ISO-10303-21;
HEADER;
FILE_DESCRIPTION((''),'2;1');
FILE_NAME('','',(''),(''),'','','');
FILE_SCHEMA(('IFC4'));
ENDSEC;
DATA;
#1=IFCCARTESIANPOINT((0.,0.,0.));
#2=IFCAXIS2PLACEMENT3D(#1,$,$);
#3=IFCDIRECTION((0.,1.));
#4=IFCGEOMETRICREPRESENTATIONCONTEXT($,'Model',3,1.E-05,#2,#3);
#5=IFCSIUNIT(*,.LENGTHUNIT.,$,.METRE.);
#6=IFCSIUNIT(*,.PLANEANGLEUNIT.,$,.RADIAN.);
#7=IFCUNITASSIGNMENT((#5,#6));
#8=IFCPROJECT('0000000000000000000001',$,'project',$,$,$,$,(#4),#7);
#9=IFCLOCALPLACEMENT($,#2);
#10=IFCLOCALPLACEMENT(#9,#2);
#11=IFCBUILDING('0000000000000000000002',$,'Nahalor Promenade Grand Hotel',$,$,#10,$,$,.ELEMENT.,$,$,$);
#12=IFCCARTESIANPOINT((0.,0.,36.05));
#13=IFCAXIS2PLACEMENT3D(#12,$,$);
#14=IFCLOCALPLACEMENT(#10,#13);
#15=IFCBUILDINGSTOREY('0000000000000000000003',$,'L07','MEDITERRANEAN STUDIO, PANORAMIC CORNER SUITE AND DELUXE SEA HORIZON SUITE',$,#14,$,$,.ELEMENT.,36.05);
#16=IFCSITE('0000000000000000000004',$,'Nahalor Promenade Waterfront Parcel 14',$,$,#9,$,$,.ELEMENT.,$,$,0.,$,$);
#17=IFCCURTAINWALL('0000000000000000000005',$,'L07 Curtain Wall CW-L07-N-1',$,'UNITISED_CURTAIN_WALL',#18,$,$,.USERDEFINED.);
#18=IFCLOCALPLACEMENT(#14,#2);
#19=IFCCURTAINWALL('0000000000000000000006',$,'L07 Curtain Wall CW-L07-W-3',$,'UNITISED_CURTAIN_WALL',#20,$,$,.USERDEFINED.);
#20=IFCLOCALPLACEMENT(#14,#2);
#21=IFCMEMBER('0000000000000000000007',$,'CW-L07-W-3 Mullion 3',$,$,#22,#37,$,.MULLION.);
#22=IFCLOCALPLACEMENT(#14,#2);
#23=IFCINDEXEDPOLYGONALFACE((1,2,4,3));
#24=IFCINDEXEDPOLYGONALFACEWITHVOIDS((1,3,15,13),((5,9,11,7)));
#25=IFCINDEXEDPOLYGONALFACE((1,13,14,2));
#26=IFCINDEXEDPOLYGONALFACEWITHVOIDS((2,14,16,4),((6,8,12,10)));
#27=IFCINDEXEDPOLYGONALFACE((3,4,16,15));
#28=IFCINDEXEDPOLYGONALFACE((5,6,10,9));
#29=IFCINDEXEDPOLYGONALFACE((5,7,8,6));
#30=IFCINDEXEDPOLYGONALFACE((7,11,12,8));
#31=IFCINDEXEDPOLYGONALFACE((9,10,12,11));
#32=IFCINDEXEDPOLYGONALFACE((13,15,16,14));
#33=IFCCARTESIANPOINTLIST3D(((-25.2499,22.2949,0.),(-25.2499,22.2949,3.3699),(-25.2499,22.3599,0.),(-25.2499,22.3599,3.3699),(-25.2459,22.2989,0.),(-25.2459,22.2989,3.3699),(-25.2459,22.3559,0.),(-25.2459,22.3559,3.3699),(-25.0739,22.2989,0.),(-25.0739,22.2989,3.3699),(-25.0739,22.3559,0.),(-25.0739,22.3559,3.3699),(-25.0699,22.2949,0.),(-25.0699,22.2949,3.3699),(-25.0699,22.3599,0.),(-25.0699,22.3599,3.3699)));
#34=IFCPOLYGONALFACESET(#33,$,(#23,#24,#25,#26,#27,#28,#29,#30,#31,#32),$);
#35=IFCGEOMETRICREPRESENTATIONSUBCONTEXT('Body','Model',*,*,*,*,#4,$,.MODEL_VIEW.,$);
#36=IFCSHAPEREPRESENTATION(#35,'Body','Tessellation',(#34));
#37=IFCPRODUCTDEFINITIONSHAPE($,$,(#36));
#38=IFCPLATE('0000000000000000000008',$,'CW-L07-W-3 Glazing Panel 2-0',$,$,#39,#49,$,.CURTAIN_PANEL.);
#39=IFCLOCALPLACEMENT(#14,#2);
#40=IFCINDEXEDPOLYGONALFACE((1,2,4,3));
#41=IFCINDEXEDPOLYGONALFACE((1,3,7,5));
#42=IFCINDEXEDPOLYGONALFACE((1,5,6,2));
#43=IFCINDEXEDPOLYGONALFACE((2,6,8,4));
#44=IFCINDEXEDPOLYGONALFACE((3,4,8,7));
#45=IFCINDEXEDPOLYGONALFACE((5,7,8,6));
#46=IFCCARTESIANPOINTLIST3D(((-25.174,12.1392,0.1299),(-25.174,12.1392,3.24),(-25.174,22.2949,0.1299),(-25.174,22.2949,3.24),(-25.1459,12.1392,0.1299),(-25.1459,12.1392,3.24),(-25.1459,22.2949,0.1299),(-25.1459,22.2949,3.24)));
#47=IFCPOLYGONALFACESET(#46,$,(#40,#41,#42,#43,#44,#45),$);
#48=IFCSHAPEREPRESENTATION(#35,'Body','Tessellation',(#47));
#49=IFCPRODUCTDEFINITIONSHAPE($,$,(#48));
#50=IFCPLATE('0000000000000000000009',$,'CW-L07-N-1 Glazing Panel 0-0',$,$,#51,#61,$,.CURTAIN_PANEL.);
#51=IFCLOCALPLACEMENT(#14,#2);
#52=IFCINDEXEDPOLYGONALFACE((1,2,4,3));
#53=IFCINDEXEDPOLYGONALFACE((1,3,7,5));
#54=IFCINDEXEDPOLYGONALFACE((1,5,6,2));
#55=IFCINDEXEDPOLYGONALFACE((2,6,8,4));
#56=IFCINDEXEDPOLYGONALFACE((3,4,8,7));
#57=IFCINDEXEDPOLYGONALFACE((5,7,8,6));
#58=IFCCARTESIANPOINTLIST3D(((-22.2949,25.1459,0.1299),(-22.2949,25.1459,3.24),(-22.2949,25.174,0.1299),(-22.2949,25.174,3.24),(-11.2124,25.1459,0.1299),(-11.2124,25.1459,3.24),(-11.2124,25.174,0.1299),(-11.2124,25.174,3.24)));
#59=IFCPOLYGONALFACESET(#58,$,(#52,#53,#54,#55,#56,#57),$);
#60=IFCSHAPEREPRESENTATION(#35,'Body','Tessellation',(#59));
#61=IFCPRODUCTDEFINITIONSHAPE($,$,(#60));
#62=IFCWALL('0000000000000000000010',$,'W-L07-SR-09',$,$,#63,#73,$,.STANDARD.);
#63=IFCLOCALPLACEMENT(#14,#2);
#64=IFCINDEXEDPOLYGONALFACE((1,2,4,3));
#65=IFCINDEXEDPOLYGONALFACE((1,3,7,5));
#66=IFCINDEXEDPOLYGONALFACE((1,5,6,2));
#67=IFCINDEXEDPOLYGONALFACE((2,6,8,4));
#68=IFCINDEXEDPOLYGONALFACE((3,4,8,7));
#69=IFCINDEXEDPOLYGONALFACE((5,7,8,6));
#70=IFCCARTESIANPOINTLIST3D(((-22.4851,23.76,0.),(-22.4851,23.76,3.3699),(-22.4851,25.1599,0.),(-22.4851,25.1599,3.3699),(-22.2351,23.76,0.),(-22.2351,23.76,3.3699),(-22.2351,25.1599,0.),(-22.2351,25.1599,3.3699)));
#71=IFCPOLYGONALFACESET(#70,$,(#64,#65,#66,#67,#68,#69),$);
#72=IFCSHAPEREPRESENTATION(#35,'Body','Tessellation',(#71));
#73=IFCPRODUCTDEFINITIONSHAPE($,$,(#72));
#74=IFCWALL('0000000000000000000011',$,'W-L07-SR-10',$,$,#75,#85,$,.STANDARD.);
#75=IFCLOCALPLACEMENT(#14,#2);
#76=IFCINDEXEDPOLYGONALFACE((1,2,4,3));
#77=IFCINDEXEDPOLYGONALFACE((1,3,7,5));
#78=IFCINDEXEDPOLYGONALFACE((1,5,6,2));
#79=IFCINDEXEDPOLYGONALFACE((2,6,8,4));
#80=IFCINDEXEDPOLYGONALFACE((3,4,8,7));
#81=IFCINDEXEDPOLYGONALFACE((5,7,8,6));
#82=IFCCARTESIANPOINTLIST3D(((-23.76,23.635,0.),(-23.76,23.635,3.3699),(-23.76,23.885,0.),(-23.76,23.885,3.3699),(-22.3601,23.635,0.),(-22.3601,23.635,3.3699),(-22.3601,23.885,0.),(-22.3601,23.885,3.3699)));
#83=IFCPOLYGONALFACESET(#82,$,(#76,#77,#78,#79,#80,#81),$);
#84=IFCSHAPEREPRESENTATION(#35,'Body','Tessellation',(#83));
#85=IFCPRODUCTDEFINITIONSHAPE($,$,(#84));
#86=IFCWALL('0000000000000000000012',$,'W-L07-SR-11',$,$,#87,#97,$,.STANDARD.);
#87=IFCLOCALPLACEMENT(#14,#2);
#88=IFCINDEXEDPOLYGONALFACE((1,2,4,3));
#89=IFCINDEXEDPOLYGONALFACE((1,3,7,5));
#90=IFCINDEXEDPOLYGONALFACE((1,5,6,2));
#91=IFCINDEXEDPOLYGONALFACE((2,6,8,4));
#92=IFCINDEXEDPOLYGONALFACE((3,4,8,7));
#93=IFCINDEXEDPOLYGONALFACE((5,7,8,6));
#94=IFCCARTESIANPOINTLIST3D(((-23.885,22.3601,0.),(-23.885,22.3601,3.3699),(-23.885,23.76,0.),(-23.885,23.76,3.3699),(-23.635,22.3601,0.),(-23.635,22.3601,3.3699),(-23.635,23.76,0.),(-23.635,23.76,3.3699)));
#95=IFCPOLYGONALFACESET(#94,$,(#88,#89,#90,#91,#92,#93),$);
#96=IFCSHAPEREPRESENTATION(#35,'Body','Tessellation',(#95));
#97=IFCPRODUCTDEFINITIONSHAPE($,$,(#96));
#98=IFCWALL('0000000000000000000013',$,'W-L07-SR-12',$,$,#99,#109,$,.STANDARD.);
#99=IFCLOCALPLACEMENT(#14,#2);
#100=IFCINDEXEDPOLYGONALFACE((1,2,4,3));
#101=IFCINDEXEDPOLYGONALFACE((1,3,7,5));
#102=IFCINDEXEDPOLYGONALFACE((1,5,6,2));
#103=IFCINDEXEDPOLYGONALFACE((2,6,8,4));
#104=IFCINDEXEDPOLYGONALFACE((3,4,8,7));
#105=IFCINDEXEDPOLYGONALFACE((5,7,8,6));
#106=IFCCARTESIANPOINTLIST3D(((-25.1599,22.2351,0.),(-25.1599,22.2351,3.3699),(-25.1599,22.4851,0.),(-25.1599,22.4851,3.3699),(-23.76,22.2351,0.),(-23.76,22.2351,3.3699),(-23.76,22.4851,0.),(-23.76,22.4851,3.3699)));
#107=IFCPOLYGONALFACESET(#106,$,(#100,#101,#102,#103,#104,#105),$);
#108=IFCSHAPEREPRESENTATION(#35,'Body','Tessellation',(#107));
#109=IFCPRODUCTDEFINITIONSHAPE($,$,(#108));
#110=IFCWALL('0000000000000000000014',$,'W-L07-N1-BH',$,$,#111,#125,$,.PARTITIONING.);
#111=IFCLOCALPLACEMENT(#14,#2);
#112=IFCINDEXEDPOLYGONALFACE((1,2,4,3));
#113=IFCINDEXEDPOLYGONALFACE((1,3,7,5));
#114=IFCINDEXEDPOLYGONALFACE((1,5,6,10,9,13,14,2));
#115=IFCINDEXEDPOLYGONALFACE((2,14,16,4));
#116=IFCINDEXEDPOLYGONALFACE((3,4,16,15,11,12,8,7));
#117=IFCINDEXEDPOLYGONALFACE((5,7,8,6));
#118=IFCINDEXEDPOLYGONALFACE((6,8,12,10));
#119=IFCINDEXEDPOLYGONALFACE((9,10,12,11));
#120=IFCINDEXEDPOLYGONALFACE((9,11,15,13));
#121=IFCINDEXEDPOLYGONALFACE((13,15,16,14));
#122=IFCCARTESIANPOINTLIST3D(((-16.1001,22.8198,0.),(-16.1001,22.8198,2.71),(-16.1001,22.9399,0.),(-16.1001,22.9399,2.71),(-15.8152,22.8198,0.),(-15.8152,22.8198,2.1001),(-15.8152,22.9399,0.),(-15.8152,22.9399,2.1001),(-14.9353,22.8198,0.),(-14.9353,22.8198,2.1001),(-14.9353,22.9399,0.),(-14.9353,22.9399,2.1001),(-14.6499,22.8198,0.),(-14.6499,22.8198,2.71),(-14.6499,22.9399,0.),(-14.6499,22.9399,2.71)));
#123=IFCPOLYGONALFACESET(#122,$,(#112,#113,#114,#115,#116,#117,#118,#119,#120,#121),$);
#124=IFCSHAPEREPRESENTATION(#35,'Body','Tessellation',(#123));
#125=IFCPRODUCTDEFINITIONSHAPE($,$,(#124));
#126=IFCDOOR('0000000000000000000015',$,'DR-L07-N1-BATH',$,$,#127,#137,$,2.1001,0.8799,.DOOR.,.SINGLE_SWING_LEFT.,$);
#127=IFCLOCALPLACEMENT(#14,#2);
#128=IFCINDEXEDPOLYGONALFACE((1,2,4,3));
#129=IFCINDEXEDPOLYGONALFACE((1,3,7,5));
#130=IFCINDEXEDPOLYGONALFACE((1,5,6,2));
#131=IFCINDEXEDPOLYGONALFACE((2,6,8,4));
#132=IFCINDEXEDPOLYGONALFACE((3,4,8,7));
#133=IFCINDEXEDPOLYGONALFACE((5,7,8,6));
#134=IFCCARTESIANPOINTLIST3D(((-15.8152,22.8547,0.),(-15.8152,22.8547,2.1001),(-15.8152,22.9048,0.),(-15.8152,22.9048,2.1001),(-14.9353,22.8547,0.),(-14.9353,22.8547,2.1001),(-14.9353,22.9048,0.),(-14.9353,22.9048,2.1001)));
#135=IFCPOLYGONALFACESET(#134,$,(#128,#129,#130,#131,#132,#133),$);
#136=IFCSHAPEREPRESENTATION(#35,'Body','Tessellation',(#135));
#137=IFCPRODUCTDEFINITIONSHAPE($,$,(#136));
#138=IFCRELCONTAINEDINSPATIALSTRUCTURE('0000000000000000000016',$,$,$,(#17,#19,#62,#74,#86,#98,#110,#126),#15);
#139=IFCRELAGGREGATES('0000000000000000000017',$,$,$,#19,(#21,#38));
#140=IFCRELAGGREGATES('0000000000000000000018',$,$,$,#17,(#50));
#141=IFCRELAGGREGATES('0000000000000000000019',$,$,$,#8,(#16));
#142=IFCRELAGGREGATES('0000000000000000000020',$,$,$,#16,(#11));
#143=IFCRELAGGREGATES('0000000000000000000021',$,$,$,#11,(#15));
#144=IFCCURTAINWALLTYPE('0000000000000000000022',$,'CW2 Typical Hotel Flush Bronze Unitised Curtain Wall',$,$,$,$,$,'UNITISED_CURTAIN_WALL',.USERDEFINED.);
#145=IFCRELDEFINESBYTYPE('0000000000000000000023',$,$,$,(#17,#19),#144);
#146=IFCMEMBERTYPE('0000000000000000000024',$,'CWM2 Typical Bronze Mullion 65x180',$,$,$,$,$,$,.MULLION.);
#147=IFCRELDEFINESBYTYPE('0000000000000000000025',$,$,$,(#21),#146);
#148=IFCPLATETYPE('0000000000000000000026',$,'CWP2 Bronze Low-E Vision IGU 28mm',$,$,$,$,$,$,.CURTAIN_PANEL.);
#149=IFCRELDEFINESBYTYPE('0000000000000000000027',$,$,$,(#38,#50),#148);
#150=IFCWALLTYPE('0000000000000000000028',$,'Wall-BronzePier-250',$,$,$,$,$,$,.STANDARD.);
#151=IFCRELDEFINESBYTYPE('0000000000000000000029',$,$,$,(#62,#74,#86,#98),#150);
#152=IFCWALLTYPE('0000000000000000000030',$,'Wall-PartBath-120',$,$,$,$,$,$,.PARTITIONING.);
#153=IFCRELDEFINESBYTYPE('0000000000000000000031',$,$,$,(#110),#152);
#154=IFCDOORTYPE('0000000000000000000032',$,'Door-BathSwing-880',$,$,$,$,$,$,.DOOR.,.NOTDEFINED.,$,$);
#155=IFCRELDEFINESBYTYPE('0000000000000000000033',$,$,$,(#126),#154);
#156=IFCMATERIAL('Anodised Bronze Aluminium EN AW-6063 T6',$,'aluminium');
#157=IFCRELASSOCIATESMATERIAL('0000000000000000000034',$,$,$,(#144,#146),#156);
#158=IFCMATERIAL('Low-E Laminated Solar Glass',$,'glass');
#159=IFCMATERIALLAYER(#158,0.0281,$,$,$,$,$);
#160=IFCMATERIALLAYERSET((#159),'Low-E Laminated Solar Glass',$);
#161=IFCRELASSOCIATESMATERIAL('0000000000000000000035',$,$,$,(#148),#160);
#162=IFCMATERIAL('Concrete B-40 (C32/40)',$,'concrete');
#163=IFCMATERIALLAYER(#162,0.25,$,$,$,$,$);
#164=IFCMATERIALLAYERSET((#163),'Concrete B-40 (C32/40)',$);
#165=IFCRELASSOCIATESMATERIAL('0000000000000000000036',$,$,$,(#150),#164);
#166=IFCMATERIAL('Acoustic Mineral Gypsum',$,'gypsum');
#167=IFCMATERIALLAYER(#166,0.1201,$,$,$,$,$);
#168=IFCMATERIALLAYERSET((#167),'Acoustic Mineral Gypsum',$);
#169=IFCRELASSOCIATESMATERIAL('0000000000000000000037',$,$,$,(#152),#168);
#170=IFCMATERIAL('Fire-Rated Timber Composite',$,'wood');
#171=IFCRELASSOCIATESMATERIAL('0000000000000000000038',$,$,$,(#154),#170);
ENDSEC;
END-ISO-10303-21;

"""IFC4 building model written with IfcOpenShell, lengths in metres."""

from ifc_helpers import new_model, si_unit, direction, frame, frame_2d, origin, origin_2d, place, context, subcontext, project, spatial, rectangle, hollow_rectangle, extrude, source, transform, mapped, material, layer, layer_set, material_profile, profile_set, type_object, element, fill, aggregate, save


model = new_model("IFC4")

# Units and contexts
model_context = context("Model", 3, precision=1e-05, world=origin(), true_north=direction((0.0, 1.0)))
body_context = subcontext(model_context, "Body", "Model", "MODEL_VIEW")
ifc_project = project(units=[si_unit("LENGTHUNIT", "METRE"), si_unit("PLANEANGLEUNIT", "RADIAN")], contexts=[model_context])

# Site, building, storey
site_placement = place(None, origin())
site = spatial("IfcSite", under=ifc_project, at=site_placement, Name="Nahalor Promenade Waterfront Parcel 14", CompositionType="ELEMENT", RefElevation=0.0)
building_placement = place(site_placement, origin())
building = spatial("IfcBuilding", under=site, at=building_placement, Name="Nahalor Promenade Grand Hotel", CompositionType="ELEMENT")
storey_placement = place(building_placement, frame((0.0, 0.0, 36.05)))
storey = spatial("IfcBuildingStorey", under=building, at=storey_placement, Name="L07", Description="MEDITERRANEAN STUDIO, PANORAMIC CORNER SUITE AND DELUXE SEA HORIZON SUITE", CompositionType="ELEMENT", Elevation=36.05)

# Curtain walls
ifc_material_1 = material(Name="Anodised Bronze Aluminium EN AW-6063 T6", Category="aluminium")
curtain_wall_type = type_object("IfcCurtainWallType", Name="CW2 Typical Hotel Flush Bronze Unitised Curtain Wall", ElementType="UNITISED_CURTAIN_WALL", PredefinedType="USERDEFINED", material=ifc_material_1)
curtain_wall_1_placement = place(storey_placement, origin())
curtain_wall_1 = element("IfcCurtainWall", 1, at=curtain_wall_1_placement, inside=storey, type_object=curtain_wall_type, Name="L07 Curtain Wall CW-L07-N-1", ObjectType="UNITISED_CURTAIN_WALL", PredefinedType="USERDEFINED")
curtain_wall_2_placement = place(storey_placement, origin())
curtain_wall_2 = element("IfcCurtainWall", 2, at=curtain_wall_2_placement, inside=storey, type_object=curtain_wall_type, Name="L07 Curtain Wall CW-L07-W-3", ObjectType="UNITISED_CURTAIN_WALL", PredefinedType="USERDEFINED")

# Member
ifc_material_profile_1 = material_profile(ifc_material_1, hollow_rectangle(XDim=0.065, YDim=0.18, WallThickness=0.004, at=origin_2d()), Name="CWM 65x180x4")
ifc_profile_set_1 = profile_set([ifc_material_profile_1], Name="Anodised Bronze Aluminium EN AW-6063 T6")
member_type_1 = type_object("IfcMemberType", Name="CWM2 Typical Bronze Mullion 65x180", PredefinedType="MULLION", material=ifc_profile_set_1)
shared_shape_1 = source(origin(), body_context, "Body", "SweptSolid", [
    extrude(hollow_rectangle(XDim=0.065, YDim=0.18, WallThickness=0.004, at=origin_2d()), origin(), (0.0, 0.0, 1.0), 3.3699),
])
member_1_placement = place(storey_placement, frame((-25.1599, 22.3274, 0.0), z_axis=(0.0, 0.0, 1.0), x_axis=(0.0, 1.0, 0.0)))
member_1 = element("IfcMember", 3, at=member_1_placement, type_object=member_type_1, Name="CW-L07-W-3 Mullion 3", PredefinedType="MULLION", context=body_context, shape_type="MappedRepresentation", body=[
    mapped(shared_shape_1, transform((0.0, 0.0, 0.0), scale=1.0)),
])

# Plates
ifc_material_2 = material(Name="Low-E Laminated Solar Glass", Category="glass")
ifc_layer_1 = layer(ifc_material_2, 0.0281)
ifc_layer_set_1 = layer_set([ifc_layer_1], Name="Low-E Laminated Solar Glass")
plate_type = type_object("IfcPlateType", Name="CWP2 Bronze Low-E Vision IGU 28mm", PredefinedType="CURTAIN_PANEL", material=ifc_layer_set_1)
shared_shape_2 = source(origin(), body_context, "Body", "SweptSolid", [
    extrude(rectangle(XDim=10.1558, YDim=0.0281, at=origin_2d()), origin(), (0.0, 0.0, 1.0), 3.1101),
])
plate_1_placement = place(storey_placement, frame((-25.1599, 17.217, 0.1299), z_axis=(0.0, 0.0, 1.0), x_axis=(0.0, 1.0, 0.0)))
plate_1 = element("IfcPlate", 4, at=plate_1_placement, type_object=plate_type, Name="CW-L07-W-3 Glazing Panel 2-0", PredefinedType="CURTAIN_PANEL", context=body_context, shape_type="MappedRepresentation", body=[
    mapped(shared_shape_2, transform((0.0, 0.0, 0.0), scale=1.0)),
])
aggregate(curtain_wall_2, [member_1, plate_1])
shared_shape_3 = source(origin(), body_context, "Body", "SweptSolid", [
    extrude(rectangle(XDim=11.0825, YDim=0.0281, at=origin_2d()), origin(), (0.0, 0.0, 1.0), 3.1101),
])
plate_2_placement = place(storey_placement, frame((-16.7537, 25.1599, 0.1299), z_axis=(0.0, 0.0, 1.0), x_axis=(1.0, 0.0, 0.0)))
plate_2 = element("IfcPlate", 5, at=plate_2_placement, type_object=plate_type, Name="CW-L07-N-1 Glazing Panel 0-0", PredefinedType="CURTAIN_PANEL", context=body_context, shape_type="MappedRepresentation", body=[
    mapped(shared_shape_3, transform((0.0, 0.0, 0.0), scale=1.0)),
])
aggregate(curtain_wall_1, [plate_2])

# Walls
ifc_material_3 = material(Name="Concrete B-40 (C32/40)", Category="concrete")
ifc_layer_2 = layer(ifc_material_3, 0.25)
ifc_layer_set_2 = layer_set([ifc_layer_2], Name="Concrete B-40 (C32/40)")
wall_type_1 = type_object("IfcWallType", Name="Wall-BronzePier-250", PredefinedType="STANDARD", material=ifc_layer_set_2)
shared_shape_4 = source(origin(), body_context, "Body", "SweptSolid", [
    extrude(rectangle(XDim=1.3999, YDim=0.25, at=frame_2d((0.7, 0.0))), origin(), (0.0, 0.0, 1.0), 3.3699),
])
for number, where, z_axis, x_axis, name in (
    (6, (-22.3601, 23.76, 0.0), (0.0, 0.0, 1.0), (0.0, 1.0, 0.0), "W-L07-SR-09"),
    (7, (-23.76, 23.76, 0.0), (0.0, 0.0, 1.0), (1.0, 0.0, 0.0), "W-L07-SR-10"),
    (8, (-23.76, 22.3601, 0.0), (0.0, 0.0, 1.0), (0.0, 1.0, 0.0), "W-L07-SR-11"),
    (9, (-25.1599, 22.3601, 0.0), (0.0, 0.0, 1.0), (1.0, 0.0, 0.0), "W-L07-SR-12"),
):
    element("IfcWall", number, at=place(storey_placement, frame(where, z_axis=z_axis, x_axis=x_axis)), inside=storey, type_object=wall_type_1, Name=name, PredefinedType="STANDARD", context=body_context, shape_type="MappedRepresentation", body=[
        mapped(shared_shape_4, transform((0.0, 0.0, 0.0), scale=1.0)),
    ])

# Wall, opening, door
ifc_material_4 = material(Name="Acoustic Mineral Gypsum", Category="gypsum")
ifc_layer_3 = layer(ifc_material_4, 0.1201)
ifc_layer_set_3 = layer_set([ifc_layer_3], Name="Acoustic Mineral Gypsum")
wall_type_2 = type_object("IfcWallType", Name="Wall-PartBath-120", PredefinedType="PARTITIONING", material=ifc_layer_set_3)
shared_shape_5 = source(origin(), body_context, "Body", "SweptSolid", [
    extrude(rectangle(XDim=1.4502, YDim=0.1201, at=frame_2d((0.7251, 0.0))), origin(), (0.0, 0.0, 1.0), 2.71),
])
wall_placement = place(storey_placement, frame((-16.1001, 22.8799, 0.0), z_axis=(0.0, 0.0, 1.0), x_axis=(1.0, 0.0, 0.0)))
wall = element("IfcWall", 10, at=wall_placement, inside=storey, type_object=wall_type_2, Name="W-L07-N1-BH", PredefinedType="PARTITIONING", context=body_context, shape_type="MappedRepresentation", body=[
    mapped(shared_shape_5, transform((0.0, 0.0, 0.0), scale=1.0)),
])
opening_placement = place(wall_placement, frame((0.2849, 0.0, 0.0)))
opening = element("IfcOpeningElement", 11, at=opening_placement, cuts=wall, PredefinedType="OPENING", context=body_context, shape_type="SweptSolid", body=[
    extrude(rectangle(XDim=0.8799, YDim=2.1001, at=frame_2d((0.4399, 1.05))), frame((0.0, 0.0701, 0.0), z_axis=(0.0, -1.0, 0.0), x_axis=(1.0, 0.0, 0.0)), (0.0, 0.0, 1.0), 0.1401),
])
ifc_material_5 = material(Name="Fire-Rated Timber Composite", Category="wood")
door_type = type_object("IfcDoorType", Name="Door-BathSwing-880", OperationType="NOTDEFINED", PredefinedType="DOOR", material=ifc_material_5)
shared_shape_6 = source(origin(), body_context, "Body", "SweptSolid", [
    extrude(rectangle(XDim=0.8799, YDim=2.1001, at=frame_2d((0.4399, 1.05))), frame((0.0, 0.0249, 0.0), z_axis=(0.0, -1.0, 0.0), x_axis=(1.0, 0.0, 0.0)), (0.0, 0.0, 1.0), 0.05),
])
door_placement = place(opening_placement, origin())
door = element("IfcDoor", 12, at=door_placement, inside=storey, type_object=door_type, Name="DR-L07-N1-BATH", OperationType="SINGLE_SWING_LEFT", OverallHeight=2.1001, OverallWidth=0.8799, PredefinedType="DOOR", context=body_context, shape_type="MappedRepresentation", body=[
    mapped(shared_shape_6, transform((0.0, 0.0, 0.0), scale=1.0)),
])
fill(opening, door)

save(model, "model.ifc")
